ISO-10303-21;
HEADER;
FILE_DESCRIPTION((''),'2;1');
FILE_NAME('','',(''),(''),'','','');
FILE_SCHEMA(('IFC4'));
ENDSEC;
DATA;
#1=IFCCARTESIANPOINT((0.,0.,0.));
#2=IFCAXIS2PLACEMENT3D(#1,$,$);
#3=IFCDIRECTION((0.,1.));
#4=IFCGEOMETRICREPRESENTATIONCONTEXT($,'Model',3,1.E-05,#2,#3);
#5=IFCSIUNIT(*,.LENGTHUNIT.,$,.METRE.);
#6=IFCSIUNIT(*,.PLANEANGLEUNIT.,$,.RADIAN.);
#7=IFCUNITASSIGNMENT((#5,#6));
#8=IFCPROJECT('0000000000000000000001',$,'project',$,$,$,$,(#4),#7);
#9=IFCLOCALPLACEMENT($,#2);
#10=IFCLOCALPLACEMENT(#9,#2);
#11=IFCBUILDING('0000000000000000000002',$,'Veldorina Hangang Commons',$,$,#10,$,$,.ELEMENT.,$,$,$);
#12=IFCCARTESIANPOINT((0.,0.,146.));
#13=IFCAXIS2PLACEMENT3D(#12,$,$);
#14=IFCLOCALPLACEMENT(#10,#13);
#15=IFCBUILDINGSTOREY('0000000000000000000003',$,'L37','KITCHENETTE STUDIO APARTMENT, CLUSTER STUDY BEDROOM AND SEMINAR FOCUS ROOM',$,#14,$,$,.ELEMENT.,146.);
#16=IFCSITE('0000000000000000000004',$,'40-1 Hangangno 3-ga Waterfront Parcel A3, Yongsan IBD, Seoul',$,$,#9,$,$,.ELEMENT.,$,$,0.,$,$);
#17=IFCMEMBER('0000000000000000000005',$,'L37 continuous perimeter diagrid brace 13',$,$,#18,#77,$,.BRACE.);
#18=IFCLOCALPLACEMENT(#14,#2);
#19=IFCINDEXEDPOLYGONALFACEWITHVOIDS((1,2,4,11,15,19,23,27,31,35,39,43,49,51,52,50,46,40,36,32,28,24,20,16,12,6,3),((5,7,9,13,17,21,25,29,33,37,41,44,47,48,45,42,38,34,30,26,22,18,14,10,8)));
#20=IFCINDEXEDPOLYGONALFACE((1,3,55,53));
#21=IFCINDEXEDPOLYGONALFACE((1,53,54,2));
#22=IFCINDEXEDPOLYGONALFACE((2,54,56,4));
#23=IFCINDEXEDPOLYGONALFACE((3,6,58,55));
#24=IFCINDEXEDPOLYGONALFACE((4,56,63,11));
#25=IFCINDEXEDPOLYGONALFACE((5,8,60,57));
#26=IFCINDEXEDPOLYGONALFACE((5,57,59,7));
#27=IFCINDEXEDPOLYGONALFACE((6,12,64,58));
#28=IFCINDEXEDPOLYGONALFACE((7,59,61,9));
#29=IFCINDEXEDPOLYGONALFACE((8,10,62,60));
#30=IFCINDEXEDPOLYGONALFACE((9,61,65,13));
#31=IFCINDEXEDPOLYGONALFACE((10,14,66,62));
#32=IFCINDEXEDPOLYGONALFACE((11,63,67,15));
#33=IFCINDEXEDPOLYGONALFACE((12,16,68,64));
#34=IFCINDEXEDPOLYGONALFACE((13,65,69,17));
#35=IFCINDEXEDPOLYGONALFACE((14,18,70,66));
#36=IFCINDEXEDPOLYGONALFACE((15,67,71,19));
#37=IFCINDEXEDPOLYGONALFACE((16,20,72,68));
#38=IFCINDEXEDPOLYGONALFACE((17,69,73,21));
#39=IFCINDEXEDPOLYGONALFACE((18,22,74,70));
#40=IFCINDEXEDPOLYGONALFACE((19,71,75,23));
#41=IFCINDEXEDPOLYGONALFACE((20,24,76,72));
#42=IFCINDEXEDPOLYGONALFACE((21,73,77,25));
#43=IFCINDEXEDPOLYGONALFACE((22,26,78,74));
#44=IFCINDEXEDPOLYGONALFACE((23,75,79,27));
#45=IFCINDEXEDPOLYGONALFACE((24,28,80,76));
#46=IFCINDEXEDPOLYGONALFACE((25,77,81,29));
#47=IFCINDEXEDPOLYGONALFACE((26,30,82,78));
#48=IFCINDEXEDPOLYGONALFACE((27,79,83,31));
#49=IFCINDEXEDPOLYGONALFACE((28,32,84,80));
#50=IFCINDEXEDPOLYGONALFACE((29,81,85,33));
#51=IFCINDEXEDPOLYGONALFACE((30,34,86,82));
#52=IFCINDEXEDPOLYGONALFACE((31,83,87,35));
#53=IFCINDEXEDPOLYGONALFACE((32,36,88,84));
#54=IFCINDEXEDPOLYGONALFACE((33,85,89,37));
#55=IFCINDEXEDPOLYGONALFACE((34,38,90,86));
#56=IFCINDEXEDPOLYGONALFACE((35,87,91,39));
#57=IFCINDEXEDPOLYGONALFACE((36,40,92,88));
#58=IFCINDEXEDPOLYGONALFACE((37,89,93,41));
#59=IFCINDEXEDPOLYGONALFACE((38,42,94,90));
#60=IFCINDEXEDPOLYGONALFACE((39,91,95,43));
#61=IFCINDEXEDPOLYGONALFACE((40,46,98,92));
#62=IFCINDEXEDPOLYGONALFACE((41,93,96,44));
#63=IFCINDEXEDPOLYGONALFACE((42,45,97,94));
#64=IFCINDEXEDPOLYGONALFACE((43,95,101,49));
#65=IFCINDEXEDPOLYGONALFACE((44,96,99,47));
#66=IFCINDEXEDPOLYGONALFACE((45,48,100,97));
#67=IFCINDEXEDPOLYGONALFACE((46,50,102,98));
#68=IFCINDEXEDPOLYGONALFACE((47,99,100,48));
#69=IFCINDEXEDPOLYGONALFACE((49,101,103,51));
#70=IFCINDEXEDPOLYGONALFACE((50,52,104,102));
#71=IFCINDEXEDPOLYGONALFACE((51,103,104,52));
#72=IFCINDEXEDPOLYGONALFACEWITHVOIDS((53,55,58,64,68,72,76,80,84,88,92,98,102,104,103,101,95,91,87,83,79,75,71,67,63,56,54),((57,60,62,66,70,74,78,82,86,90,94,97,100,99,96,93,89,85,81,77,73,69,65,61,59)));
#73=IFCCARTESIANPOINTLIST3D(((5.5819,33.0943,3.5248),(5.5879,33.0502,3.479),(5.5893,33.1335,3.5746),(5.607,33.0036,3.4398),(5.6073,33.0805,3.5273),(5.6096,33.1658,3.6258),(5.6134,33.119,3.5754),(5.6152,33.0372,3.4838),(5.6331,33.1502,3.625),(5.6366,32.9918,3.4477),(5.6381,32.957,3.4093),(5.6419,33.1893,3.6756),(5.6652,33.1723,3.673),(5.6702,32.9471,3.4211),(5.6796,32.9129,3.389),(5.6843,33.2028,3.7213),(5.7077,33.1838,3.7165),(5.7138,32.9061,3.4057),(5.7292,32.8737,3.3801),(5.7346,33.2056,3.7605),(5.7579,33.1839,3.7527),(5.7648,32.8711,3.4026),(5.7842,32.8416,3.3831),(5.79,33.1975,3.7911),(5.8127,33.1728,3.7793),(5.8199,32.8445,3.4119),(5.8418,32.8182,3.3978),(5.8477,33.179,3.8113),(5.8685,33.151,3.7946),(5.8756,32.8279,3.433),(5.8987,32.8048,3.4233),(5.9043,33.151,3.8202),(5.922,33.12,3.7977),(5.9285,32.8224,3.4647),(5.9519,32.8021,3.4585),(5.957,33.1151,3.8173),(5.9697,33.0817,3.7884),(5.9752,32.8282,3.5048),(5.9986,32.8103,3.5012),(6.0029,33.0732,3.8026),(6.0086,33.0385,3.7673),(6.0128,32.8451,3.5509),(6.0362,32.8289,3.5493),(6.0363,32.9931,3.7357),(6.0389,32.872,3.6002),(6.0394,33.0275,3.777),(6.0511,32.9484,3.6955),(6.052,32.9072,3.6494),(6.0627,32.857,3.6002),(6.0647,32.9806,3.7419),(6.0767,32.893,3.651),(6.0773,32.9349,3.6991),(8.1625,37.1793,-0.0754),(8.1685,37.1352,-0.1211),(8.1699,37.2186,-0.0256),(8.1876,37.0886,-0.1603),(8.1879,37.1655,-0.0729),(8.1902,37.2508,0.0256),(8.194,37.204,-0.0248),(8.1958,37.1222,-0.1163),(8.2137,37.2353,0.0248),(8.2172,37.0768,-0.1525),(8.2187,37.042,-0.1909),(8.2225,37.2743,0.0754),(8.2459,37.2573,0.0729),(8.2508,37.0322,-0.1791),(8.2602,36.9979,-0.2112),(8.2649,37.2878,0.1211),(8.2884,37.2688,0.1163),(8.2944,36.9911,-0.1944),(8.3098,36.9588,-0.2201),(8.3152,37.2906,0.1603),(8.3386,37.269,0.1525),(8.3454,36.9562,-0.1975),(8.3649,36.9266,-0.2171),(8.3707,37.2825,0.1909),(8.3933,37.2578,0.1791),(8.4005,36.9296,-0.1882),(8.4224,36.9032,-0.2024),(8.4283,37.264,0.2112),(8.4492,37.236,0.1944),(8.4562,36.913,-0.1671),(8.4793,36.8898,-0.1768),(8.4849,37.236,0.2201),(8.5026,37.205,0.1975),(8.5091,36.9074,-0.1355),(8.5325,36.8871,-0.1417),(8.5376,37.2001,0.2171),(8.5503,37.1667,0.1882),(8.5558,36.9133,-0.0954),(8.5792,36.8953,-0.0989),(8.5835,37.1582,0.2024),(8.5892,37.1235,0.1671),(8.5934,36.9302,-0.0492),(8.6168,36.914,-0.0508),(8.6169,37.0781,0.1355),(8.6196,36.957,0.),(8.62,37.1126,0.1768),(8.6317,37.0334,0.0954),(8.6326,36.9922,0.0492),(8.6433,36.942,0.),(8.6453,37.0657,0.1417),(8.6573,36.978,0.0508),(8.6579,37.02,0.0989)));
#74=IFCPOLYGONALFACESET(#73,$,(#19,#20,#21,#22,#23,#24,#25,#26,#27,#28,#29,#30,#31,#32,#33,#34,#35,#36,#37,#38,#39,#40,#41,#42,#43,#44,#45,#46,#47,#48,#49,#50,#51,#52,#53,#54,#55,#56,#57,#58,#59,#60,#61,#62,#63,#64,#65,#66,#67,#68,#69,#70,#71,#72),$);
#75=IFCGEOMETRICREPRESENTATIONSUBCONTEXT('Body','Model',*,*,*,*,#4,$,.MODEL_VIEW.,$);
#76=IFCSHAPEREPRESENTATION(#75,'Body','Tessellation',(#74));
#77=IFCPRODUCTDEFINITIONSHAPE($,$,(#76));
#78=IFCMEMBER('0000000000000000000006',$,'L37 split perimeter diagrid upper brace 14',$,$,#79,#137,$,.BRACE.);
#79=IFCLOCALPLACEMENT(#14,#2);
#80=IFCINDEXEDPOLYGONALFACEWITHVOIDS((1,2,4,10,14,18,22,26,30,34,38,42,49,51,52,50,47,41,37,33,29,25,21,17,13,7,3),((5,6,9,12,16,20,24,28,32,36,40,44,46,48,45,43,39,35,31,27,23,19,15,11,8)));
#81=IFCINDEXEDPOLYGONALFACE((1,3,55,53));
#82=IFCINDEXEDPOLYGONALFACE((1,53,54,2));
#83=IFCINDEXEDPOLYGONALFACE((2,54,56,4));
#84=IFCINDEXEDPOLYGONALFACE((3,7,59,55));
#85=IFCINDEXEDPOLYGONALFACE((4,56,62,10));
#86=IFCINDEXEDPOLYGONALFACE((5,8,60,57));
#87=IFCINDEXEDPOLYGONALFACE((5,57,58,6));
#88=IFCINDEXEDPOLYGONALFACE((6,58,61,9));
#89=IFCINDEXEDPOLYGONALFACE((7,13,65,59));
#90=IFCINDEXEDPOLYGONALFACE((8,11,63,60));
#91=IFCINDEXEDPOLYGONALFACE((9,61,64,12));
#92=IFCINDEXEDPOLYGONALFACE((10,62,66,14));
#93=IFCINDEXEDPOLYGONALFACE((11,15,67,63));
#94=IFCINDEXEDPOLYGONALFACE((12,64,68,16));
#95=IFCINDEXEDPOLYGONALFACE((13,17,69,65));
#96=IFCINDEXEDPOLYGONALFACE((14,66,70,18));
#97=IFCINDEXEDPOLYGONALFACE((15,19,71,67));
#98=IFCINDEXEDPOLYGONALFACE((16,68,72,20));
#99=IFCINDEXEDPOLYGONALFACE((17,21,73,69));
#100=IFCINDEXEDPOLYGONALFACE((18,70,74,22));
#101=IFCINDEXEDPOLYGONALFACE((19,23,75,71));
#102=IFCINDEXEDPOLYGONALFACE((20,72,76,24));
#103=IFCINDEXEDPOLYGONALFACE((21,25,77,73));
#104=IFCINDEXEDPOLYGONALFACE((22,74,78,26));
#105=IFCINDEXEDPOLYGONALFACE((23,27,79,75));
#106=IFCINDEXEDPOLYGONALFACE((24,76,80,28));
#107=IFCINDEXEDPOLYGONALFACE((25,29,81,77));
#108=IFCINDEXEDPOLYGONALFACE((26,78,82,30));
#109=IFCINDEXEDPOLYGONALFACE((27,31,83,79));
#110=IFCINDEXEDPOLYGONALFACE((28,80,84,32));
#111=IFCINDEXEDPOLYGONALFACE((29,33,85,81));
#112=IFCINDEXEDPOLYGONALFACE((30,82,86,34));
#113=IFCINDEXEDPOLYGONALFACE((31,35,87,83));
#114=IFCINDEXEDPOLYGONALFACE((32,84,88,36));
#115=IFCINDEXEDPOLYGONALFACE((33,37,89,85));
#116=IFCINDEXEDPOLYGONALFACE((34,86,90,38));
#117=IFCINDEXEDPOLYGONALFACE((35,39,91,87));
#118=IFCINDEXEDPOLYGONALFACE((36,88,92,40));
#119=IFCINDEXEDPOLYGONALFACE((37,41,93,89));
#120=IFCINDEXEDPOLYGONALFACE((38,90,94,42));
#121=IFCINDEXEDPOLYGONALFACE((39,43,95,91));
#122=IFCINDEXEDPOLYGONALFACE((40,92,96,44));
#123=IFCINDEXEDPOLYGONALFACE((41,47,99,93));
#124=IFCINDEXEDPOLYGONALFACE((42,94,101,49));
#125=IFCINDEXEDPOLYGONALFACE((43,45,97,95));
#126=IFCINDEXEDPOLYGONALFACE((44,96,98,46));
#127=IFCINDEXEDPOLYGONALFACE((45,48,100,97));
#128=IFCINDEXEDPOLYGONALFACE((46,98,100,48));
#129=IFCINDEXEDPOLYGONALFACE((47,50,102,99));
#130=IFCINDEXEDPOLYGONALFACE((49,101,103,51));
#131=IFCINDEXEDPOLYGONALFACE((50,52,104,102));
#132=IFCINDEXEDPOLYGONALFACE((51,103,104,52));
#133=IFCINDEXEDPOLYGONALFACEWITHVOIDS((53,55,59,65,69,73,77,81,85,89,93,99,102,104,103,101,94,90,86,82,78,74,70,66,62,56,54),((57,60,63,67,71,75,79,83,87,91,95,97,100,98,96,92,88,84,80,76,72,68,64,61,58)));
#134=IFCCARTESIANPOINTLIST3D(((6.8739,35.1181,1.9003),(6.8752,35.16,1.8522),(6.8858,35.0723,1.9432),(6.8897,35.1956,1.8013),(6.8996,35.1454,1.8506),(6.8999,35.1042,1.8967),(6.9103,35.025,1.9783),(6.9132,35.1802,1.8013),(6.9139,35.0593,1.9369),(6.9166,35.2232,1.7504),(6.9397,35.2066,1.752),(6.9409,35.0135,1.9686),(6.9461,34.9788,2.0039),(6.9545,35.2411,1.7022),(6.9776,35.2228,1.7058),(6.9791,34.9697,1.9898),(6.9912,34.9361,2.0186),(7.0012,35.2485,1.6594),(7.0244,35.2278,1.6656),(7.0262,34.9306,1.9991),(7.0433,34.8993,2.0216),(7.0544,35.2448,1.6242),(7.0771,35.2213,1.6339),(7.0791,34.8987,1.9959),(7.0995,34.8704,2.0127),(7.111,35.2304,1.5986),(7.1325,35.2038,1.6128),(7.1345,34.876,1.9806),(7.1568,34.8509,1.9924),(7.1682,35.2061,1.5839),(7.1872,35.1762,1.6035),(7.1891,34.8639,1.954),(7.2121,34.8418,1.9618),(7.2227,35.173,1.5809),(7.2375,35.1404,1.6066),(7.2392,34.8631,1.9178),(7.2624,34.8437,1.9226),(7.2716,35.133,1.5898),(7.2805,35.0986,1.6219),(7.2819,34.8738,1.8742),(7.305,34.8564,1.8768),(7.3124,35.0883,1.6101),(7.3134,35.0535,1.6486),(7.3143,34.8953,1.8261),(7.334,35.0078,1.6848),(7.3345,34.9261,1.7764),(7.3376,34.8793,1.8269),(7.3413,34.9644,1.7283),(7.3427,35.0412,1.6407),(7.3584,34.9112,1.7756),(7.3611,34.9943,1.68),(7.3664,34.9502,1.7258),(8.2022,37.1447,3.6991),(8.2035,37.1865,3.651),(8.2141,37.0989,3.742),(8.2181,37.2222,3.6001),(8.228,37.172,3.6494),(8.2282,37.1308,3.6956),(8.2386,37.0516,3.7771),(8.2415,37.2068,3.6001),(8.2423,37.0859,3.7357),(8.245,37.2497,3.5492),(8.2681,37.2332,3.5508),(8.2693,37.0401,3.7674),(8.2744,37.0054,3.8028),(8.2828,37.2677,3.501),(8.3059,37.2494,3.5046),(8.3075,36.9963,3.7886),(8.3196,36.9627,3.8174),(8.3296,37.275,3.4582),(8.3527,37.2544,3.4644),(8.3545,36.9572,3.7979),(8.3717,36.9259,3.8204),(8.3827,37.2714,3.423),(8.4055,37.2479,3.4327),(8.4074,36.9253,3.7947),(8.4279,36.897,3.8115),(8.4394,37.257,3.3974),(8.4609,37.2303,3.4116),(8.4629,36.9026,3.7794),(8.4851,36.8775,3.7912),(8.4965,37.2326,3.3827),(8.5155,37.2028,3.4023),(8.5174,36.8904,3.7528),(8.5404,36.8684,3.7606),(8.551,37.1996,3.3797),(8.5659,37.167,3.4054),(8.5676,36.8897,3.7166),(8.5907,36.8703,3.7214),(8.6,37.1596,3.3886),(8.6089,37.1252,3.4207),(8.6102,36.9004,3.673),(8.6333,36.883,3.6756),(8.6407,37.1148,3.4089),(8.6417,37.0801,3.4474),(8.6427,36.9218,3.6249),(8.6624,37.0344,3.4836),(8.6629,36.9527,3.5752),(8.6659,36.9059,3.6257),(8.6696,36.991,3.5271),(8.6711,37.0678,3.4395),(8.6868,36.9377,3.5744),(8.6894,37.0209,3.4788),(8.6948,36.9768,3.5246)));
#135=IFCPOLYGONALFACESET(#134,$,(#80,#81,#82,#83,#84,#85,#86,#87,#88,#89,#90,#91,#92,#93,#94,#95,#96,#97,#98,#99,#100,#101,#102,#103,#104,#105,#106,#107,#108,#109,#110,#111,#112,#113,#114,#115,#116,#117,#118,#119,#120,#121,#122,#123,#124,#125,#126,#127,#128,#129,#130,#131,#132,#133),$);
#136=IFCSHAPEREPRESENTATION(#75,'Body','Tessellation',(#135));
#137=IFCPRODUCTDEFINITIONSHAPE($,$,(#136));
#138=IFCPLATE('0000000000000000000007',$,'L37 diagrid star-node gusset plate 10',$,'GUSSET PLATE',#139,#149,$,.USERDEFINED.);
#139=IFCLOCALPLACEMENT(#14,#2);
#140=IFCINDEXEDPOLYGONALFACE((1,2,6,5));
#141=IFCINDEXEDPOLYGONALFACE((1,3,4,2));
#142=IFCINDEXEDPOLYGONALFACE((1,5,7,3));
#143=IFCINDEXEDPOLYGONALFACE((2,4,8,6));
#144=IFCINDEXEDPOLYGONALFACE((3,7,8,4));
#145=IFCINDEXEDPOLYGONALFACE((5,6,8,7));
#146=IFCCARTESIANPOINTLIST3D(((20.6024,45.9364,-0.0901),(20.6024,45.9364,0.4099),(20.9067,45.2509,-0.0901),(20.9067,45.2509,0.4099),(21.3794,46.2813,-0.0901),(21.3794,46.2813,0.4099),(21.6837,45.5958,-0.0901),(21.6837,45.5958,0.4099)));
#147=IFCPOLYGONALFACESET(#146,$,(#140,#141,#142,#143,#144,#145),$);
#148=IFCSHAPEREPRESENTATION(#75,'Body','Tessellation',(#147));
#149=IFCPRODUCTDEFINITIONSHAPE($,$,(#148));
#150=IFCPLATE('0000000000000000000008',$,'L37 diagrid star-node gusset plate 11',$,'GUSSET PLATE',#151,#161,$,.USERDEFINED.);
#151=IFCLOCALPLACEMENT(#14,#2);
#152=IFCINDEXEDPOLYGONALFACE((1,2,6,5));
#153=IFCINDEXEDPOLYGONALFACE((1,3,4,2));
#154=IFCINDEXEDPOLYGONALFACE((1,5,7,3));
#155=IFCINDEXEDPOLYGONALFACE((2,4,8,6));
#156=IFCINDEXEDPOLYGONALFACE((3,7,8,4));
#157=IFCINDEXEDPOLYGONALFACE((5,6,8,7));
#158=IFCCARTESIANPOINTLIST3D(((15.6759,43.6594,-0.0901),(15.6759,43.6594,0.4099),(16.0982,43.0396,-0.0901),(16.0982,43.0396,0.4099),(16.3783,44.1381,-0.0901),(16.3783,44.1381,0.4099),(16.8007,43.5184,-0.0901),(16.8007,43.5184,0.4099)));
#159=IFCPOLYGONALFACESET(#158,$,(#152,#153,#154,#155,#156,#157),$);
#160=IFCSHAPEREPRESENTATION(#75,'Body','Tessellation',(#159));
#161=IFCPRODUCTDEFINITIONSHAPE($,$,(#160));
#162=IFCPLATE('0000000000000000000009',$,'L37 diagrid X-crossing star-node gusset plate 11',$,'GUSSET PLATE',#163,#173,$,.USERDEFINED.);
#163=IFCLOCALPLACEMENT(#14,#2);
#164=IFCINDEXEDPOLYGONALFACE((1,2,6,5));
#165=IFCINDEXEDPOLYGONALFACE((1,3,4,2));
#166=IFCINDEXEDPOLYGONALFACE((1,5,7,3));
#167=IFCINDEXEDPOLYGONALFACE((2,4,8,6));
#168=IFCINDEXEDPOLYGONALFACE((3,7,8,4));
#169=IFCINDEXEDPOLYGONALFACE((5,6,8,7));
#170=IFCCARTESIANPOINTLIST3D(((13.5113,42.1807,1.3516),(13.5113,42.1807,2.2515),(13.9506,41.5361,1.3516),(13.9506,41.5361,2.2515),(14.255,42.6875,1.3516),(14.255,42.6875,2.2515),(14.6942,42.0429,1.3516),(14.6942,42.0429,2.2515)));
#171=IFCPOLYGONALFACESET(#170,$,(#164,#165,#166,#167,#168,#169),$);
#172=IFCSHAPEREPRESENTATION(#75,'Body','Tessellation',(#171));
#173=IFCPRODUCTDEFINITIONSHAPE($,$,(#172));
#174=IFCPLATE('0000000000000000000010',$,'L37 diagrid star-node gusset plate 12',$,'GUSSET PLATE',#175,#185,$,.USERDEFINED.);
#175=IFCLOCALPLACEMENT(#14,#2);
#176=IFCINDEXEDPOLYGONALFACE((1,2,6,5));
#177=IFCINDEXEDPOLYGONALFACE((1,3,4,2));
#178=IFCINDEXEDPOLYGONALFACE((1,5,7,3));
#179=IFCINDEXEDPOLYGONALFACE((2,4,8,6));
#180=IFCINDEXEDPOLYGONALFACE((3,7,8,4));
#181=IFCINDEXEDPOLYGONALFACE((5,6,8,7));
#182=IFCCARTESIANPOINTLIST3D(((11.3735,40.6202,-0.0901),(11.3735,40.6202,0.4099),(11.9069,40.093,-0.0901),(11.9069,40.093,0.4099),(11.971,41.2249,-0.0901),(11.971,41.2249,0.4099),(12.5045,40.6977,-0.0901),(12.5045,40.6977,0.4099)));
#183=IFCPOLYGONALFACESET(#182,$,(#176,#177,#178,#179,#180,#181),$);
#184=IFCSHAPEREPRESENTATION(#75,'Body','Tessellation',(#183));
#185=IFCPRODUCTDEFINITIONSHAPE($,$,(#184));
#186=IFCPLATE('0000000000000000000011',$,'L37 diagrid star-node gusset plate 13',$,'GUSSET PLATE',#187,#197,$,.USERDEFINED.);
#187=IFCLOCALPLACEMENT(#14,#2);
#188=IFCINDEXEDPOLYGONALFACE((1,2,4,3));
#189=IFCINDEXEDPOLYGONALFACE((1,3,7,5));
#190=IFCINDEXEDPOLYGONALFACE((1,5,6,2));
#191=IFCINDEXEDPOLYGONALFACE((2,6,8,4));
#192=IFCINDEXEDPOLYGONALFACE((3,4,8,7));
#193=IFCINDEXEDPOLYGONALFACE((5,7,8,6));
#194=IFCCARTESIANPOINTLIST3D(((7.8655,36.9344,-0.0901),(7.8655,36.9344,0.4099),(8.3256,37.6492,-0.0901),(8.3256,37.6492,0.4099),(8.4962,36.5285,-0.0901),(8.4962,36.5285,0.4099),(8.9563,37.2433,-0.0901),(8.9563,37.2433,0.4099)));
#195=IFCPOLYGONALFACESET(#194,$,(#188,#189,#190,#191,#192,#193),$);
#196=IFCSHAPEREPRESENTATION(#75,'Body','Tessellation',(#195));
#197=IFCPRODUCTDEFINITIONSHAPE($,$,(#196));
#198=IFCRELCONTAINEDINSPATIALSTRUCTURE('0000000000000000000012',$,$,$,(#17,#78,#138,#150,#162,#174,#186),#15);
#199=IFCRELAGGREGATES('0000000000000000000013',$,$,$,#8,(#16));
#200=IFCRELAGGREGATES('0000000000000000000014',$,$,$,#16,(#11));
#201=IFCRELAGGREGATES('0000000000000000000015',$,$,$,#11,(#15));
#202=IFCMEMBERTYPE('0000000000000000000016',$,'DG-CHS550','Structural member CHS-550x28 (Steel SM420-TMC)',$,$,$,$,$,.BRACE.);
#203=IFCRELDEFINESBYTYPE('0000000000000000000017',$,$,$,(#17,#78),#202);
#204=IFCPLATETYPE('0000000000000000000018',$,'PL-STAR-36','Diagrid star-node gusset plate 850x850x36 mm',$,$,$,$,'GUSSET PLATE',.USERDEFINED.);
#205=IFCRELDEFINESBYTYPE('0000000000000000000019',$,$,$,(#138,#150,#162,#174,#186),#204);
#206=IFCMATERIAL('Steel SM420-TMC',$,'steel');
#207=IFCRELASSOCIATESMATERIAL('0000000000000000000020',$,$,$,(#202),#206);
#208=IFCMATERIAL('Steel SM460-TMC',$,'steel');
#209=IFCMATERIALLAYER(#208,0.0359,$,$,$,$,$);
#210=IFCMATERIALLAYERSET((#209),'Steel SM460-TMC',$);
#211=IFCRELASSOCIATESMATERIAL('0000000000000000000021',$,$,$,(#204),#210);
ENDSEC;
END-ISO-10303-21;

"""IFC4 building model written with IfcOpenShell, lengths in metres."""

from ifc_helpers import new_model, si_unit, direction, frame, origin, origin_2d, place, context, subcontext, project, spatial, rectangle, hollow_circle, extrude, material, layer, layer_set, material_profile, profile_set, type_object, element, save


model = new_model("IFC4")

# Units and contexts
model_context = context("Model", 3, precision=1e-05, world=origin(), true_north=direction((0.0, 1.0)))
body_context = subcontext(model_context, "Body", "Model", "MODEL_VIEW")
ifc_project = project(units=[si_unit("LENGTHUNIT", "METRE"), si_unit("PLANEANGLEUNIT", "RADIAN")], contexts=[model_context])

# Site, building, storey
site_placement = place(None, origin())
site = spatial("IfcSite", under=ifc_project, at=site_placement, Name="40-1 Hangangno 3-ga Waterfront Parcel A3, Yongsan IBD, Seoul", CompositionType="ELEMENT", RefElevation=0.0)
building_placement = place(site_placement, origin())
building = spatial("IfcBuilding", under=site, at=building_placement, Name="Veldorina Hangang Commons", CompositionType="ELEMENT")
storey_placement = place(building_placement, frame((0.0, 0.0, 146.0)))
storey = spatial("IfcBuildingStorey", under=building, at=storey_placement, Name="L37", Description="KITCHENETTE STUDIO APARTMENT, CLUSTER STUDY BEDROOM AND SEMINAR FOCUS ROOM", CompositionType="ELEMENT", Elevation=146.0)

# Shared definitions
ifc_material_1 = material(Name="Steel SM420-TMC", Category="steel")

# Members
ifc_material_profile_1 = material_profile(ifc_material_1, hollow_circle(Radius=0.2749, WallThickness=0.0281, at=origin_2d()), Name="CHS-550x28")
ifc_profile_set_1 = profile_set([ifc_material_profile_1], Name="Steel SM420-TMC")
member_type = type_object("IfcMemberType", Name="DG-CHS550", Description="Structural member CHS-550x28 (Steel SM420-TMC)", PredefinedType="BRACE", material=ifc_profile_set_1)
member_1_placement = place(storey_placement, frame((8.4109, 37.0889, 0.0), z_axis=(-0.428273, -0.677943, 0.597475), x_axis=(0.845434, -0.53408, 0.0)))
element("IfcMember", 1, at=member_1_placement, inside=storey, type_object=member_type, Name="L37 continuous perimeter diagrid brace 13", PredefinedType="BRACE", context=body_context, shape_type="SweptSolid", body=[
    extrude(hollow_circle(Radius=0.2749, WallThickness=0.0281, at=origin_2d()), origin(), (0.0, 0.0, 1.0), 6.0256),
])
member_2_placement = place(storey_placement, frame((7.1196, 35.0449, 1.8013), z_axis=(0.440169, 0.671538, 0.59606), x_axis=(-0.83635, 0.548196, 0.0)))
element("IfcMember", 2, at=member_2_placement, inside=storey, type_object=member_type, Name="L37 split perimeter diagrid upper brace 14", PredefinedType="BRACE", context=body_context, shape_type="SweptSolid", body=[
    extrude(hollow_circle(Radius=0.2749, WallThickness=0.0281, at=origin_2d()), origin(), (0.0, 0.0, 1.0), 3.0178),
])

# Plates
ifc_material_2 = material(Name="Steel SM460-TMC", Category="steel")
ifc_layer_1 = layer(ifc_material_2, 0.0359)
ifc_layer_set_1 = layer_set([ifc_layer_1], Name="Steel SM460-TMC")
plate_type = type_object("IfcPlateType", Name="PL-STAR-36", Description="Diagrid star-node gusset plate 850x850x36 mm", ElementType="GUSSET PLATE", PredefinedType="USERDEFINED", material=ifc_layer_set_1)
for number, where, z_axis, x_axis, name in (
    (3, (21.1431, 45.7661, -0.0901), (0.0, 0.0, 1.0), (-0.913999, -0.405716, 0.0), "L37 diagrid star-node gusset plate 10"),
    (4, (16.2383, 43.5889, -0.0901), (0.0, 0.0, 1.0), (-0.826354, -0.563151, 0.0), "L37 diagrid star-node gusset plate 11"),
):
    element("IfcPlate", number, at=place(storey_placement, frame(where, z_axis=z_axis, x_axis=x_axis)), inside=storey, type_object=plate_type, Name=name, ObjectType="GUSSET PLATE", PredefinedType="USERDEFINED", context=body_context, shape_type="SweptSolid", body=[
        extrude(rectangle(XDim=0.8501, YDim=0.75, at=origin_2d()), origin(), (0.0, 0.0, 1.0), 0.5),
    ])
plate_1_placement = place(storey_placement, frame((14.1028, 42.1118, 1.3516), z_axis=(0.0, 0.0, 1.0), x_axis=(-0.826354, -0.563151, 0.0)))
element("IfcPlate", 5, at=plate_1_placement, inside=storey, type_object=plate_type, Name="L37 diagrid X-crossing star-node gusset plate 11", ObjectType="GUSSET PLATE", PredefinedType="USERDEFINED", context=body_context, shape_type="SweptSolid", body=[
    extrude(rectangle(XDim=0.8999, YDim=0.78, at=origin_2d()), origin(), (0.0, 0.0, 1.0), 0.8999),
])
for number, where, z_axis, x_axis, name in (
    (6, (11.939, 40.6589, -0.0901), (0.0, 0.0, 1.0), (-0.702923, -0.711266, 0.0), "L37 diagrid star-node gusset plate 12"),
    (7, (8.4109, 37.0889, -0.0901), (0.0, 0.0, 1.0), (-0.541239, -0.840869, 0.0), "L37 diagrid star-node gusset plate 13"),
):
    element("IfcPlate", number, at=place(storey_placement, frame(where, z_axis=z_axis, x_axis=x_axis)), inside=storey, type_object=plate_type, Name=name, ObjectType="GUSSET PLATE", PredefinedType="USERDEFINED", context=body_context, shape_type="SweptSolid", body=[
        extrude(rectangle(XDim=0.8501, YDim=0.75, at=origin_2d()), origin(), (0.0, 0.0, 1.0), 0.5),
    ])

save(model, "model.ifc")
